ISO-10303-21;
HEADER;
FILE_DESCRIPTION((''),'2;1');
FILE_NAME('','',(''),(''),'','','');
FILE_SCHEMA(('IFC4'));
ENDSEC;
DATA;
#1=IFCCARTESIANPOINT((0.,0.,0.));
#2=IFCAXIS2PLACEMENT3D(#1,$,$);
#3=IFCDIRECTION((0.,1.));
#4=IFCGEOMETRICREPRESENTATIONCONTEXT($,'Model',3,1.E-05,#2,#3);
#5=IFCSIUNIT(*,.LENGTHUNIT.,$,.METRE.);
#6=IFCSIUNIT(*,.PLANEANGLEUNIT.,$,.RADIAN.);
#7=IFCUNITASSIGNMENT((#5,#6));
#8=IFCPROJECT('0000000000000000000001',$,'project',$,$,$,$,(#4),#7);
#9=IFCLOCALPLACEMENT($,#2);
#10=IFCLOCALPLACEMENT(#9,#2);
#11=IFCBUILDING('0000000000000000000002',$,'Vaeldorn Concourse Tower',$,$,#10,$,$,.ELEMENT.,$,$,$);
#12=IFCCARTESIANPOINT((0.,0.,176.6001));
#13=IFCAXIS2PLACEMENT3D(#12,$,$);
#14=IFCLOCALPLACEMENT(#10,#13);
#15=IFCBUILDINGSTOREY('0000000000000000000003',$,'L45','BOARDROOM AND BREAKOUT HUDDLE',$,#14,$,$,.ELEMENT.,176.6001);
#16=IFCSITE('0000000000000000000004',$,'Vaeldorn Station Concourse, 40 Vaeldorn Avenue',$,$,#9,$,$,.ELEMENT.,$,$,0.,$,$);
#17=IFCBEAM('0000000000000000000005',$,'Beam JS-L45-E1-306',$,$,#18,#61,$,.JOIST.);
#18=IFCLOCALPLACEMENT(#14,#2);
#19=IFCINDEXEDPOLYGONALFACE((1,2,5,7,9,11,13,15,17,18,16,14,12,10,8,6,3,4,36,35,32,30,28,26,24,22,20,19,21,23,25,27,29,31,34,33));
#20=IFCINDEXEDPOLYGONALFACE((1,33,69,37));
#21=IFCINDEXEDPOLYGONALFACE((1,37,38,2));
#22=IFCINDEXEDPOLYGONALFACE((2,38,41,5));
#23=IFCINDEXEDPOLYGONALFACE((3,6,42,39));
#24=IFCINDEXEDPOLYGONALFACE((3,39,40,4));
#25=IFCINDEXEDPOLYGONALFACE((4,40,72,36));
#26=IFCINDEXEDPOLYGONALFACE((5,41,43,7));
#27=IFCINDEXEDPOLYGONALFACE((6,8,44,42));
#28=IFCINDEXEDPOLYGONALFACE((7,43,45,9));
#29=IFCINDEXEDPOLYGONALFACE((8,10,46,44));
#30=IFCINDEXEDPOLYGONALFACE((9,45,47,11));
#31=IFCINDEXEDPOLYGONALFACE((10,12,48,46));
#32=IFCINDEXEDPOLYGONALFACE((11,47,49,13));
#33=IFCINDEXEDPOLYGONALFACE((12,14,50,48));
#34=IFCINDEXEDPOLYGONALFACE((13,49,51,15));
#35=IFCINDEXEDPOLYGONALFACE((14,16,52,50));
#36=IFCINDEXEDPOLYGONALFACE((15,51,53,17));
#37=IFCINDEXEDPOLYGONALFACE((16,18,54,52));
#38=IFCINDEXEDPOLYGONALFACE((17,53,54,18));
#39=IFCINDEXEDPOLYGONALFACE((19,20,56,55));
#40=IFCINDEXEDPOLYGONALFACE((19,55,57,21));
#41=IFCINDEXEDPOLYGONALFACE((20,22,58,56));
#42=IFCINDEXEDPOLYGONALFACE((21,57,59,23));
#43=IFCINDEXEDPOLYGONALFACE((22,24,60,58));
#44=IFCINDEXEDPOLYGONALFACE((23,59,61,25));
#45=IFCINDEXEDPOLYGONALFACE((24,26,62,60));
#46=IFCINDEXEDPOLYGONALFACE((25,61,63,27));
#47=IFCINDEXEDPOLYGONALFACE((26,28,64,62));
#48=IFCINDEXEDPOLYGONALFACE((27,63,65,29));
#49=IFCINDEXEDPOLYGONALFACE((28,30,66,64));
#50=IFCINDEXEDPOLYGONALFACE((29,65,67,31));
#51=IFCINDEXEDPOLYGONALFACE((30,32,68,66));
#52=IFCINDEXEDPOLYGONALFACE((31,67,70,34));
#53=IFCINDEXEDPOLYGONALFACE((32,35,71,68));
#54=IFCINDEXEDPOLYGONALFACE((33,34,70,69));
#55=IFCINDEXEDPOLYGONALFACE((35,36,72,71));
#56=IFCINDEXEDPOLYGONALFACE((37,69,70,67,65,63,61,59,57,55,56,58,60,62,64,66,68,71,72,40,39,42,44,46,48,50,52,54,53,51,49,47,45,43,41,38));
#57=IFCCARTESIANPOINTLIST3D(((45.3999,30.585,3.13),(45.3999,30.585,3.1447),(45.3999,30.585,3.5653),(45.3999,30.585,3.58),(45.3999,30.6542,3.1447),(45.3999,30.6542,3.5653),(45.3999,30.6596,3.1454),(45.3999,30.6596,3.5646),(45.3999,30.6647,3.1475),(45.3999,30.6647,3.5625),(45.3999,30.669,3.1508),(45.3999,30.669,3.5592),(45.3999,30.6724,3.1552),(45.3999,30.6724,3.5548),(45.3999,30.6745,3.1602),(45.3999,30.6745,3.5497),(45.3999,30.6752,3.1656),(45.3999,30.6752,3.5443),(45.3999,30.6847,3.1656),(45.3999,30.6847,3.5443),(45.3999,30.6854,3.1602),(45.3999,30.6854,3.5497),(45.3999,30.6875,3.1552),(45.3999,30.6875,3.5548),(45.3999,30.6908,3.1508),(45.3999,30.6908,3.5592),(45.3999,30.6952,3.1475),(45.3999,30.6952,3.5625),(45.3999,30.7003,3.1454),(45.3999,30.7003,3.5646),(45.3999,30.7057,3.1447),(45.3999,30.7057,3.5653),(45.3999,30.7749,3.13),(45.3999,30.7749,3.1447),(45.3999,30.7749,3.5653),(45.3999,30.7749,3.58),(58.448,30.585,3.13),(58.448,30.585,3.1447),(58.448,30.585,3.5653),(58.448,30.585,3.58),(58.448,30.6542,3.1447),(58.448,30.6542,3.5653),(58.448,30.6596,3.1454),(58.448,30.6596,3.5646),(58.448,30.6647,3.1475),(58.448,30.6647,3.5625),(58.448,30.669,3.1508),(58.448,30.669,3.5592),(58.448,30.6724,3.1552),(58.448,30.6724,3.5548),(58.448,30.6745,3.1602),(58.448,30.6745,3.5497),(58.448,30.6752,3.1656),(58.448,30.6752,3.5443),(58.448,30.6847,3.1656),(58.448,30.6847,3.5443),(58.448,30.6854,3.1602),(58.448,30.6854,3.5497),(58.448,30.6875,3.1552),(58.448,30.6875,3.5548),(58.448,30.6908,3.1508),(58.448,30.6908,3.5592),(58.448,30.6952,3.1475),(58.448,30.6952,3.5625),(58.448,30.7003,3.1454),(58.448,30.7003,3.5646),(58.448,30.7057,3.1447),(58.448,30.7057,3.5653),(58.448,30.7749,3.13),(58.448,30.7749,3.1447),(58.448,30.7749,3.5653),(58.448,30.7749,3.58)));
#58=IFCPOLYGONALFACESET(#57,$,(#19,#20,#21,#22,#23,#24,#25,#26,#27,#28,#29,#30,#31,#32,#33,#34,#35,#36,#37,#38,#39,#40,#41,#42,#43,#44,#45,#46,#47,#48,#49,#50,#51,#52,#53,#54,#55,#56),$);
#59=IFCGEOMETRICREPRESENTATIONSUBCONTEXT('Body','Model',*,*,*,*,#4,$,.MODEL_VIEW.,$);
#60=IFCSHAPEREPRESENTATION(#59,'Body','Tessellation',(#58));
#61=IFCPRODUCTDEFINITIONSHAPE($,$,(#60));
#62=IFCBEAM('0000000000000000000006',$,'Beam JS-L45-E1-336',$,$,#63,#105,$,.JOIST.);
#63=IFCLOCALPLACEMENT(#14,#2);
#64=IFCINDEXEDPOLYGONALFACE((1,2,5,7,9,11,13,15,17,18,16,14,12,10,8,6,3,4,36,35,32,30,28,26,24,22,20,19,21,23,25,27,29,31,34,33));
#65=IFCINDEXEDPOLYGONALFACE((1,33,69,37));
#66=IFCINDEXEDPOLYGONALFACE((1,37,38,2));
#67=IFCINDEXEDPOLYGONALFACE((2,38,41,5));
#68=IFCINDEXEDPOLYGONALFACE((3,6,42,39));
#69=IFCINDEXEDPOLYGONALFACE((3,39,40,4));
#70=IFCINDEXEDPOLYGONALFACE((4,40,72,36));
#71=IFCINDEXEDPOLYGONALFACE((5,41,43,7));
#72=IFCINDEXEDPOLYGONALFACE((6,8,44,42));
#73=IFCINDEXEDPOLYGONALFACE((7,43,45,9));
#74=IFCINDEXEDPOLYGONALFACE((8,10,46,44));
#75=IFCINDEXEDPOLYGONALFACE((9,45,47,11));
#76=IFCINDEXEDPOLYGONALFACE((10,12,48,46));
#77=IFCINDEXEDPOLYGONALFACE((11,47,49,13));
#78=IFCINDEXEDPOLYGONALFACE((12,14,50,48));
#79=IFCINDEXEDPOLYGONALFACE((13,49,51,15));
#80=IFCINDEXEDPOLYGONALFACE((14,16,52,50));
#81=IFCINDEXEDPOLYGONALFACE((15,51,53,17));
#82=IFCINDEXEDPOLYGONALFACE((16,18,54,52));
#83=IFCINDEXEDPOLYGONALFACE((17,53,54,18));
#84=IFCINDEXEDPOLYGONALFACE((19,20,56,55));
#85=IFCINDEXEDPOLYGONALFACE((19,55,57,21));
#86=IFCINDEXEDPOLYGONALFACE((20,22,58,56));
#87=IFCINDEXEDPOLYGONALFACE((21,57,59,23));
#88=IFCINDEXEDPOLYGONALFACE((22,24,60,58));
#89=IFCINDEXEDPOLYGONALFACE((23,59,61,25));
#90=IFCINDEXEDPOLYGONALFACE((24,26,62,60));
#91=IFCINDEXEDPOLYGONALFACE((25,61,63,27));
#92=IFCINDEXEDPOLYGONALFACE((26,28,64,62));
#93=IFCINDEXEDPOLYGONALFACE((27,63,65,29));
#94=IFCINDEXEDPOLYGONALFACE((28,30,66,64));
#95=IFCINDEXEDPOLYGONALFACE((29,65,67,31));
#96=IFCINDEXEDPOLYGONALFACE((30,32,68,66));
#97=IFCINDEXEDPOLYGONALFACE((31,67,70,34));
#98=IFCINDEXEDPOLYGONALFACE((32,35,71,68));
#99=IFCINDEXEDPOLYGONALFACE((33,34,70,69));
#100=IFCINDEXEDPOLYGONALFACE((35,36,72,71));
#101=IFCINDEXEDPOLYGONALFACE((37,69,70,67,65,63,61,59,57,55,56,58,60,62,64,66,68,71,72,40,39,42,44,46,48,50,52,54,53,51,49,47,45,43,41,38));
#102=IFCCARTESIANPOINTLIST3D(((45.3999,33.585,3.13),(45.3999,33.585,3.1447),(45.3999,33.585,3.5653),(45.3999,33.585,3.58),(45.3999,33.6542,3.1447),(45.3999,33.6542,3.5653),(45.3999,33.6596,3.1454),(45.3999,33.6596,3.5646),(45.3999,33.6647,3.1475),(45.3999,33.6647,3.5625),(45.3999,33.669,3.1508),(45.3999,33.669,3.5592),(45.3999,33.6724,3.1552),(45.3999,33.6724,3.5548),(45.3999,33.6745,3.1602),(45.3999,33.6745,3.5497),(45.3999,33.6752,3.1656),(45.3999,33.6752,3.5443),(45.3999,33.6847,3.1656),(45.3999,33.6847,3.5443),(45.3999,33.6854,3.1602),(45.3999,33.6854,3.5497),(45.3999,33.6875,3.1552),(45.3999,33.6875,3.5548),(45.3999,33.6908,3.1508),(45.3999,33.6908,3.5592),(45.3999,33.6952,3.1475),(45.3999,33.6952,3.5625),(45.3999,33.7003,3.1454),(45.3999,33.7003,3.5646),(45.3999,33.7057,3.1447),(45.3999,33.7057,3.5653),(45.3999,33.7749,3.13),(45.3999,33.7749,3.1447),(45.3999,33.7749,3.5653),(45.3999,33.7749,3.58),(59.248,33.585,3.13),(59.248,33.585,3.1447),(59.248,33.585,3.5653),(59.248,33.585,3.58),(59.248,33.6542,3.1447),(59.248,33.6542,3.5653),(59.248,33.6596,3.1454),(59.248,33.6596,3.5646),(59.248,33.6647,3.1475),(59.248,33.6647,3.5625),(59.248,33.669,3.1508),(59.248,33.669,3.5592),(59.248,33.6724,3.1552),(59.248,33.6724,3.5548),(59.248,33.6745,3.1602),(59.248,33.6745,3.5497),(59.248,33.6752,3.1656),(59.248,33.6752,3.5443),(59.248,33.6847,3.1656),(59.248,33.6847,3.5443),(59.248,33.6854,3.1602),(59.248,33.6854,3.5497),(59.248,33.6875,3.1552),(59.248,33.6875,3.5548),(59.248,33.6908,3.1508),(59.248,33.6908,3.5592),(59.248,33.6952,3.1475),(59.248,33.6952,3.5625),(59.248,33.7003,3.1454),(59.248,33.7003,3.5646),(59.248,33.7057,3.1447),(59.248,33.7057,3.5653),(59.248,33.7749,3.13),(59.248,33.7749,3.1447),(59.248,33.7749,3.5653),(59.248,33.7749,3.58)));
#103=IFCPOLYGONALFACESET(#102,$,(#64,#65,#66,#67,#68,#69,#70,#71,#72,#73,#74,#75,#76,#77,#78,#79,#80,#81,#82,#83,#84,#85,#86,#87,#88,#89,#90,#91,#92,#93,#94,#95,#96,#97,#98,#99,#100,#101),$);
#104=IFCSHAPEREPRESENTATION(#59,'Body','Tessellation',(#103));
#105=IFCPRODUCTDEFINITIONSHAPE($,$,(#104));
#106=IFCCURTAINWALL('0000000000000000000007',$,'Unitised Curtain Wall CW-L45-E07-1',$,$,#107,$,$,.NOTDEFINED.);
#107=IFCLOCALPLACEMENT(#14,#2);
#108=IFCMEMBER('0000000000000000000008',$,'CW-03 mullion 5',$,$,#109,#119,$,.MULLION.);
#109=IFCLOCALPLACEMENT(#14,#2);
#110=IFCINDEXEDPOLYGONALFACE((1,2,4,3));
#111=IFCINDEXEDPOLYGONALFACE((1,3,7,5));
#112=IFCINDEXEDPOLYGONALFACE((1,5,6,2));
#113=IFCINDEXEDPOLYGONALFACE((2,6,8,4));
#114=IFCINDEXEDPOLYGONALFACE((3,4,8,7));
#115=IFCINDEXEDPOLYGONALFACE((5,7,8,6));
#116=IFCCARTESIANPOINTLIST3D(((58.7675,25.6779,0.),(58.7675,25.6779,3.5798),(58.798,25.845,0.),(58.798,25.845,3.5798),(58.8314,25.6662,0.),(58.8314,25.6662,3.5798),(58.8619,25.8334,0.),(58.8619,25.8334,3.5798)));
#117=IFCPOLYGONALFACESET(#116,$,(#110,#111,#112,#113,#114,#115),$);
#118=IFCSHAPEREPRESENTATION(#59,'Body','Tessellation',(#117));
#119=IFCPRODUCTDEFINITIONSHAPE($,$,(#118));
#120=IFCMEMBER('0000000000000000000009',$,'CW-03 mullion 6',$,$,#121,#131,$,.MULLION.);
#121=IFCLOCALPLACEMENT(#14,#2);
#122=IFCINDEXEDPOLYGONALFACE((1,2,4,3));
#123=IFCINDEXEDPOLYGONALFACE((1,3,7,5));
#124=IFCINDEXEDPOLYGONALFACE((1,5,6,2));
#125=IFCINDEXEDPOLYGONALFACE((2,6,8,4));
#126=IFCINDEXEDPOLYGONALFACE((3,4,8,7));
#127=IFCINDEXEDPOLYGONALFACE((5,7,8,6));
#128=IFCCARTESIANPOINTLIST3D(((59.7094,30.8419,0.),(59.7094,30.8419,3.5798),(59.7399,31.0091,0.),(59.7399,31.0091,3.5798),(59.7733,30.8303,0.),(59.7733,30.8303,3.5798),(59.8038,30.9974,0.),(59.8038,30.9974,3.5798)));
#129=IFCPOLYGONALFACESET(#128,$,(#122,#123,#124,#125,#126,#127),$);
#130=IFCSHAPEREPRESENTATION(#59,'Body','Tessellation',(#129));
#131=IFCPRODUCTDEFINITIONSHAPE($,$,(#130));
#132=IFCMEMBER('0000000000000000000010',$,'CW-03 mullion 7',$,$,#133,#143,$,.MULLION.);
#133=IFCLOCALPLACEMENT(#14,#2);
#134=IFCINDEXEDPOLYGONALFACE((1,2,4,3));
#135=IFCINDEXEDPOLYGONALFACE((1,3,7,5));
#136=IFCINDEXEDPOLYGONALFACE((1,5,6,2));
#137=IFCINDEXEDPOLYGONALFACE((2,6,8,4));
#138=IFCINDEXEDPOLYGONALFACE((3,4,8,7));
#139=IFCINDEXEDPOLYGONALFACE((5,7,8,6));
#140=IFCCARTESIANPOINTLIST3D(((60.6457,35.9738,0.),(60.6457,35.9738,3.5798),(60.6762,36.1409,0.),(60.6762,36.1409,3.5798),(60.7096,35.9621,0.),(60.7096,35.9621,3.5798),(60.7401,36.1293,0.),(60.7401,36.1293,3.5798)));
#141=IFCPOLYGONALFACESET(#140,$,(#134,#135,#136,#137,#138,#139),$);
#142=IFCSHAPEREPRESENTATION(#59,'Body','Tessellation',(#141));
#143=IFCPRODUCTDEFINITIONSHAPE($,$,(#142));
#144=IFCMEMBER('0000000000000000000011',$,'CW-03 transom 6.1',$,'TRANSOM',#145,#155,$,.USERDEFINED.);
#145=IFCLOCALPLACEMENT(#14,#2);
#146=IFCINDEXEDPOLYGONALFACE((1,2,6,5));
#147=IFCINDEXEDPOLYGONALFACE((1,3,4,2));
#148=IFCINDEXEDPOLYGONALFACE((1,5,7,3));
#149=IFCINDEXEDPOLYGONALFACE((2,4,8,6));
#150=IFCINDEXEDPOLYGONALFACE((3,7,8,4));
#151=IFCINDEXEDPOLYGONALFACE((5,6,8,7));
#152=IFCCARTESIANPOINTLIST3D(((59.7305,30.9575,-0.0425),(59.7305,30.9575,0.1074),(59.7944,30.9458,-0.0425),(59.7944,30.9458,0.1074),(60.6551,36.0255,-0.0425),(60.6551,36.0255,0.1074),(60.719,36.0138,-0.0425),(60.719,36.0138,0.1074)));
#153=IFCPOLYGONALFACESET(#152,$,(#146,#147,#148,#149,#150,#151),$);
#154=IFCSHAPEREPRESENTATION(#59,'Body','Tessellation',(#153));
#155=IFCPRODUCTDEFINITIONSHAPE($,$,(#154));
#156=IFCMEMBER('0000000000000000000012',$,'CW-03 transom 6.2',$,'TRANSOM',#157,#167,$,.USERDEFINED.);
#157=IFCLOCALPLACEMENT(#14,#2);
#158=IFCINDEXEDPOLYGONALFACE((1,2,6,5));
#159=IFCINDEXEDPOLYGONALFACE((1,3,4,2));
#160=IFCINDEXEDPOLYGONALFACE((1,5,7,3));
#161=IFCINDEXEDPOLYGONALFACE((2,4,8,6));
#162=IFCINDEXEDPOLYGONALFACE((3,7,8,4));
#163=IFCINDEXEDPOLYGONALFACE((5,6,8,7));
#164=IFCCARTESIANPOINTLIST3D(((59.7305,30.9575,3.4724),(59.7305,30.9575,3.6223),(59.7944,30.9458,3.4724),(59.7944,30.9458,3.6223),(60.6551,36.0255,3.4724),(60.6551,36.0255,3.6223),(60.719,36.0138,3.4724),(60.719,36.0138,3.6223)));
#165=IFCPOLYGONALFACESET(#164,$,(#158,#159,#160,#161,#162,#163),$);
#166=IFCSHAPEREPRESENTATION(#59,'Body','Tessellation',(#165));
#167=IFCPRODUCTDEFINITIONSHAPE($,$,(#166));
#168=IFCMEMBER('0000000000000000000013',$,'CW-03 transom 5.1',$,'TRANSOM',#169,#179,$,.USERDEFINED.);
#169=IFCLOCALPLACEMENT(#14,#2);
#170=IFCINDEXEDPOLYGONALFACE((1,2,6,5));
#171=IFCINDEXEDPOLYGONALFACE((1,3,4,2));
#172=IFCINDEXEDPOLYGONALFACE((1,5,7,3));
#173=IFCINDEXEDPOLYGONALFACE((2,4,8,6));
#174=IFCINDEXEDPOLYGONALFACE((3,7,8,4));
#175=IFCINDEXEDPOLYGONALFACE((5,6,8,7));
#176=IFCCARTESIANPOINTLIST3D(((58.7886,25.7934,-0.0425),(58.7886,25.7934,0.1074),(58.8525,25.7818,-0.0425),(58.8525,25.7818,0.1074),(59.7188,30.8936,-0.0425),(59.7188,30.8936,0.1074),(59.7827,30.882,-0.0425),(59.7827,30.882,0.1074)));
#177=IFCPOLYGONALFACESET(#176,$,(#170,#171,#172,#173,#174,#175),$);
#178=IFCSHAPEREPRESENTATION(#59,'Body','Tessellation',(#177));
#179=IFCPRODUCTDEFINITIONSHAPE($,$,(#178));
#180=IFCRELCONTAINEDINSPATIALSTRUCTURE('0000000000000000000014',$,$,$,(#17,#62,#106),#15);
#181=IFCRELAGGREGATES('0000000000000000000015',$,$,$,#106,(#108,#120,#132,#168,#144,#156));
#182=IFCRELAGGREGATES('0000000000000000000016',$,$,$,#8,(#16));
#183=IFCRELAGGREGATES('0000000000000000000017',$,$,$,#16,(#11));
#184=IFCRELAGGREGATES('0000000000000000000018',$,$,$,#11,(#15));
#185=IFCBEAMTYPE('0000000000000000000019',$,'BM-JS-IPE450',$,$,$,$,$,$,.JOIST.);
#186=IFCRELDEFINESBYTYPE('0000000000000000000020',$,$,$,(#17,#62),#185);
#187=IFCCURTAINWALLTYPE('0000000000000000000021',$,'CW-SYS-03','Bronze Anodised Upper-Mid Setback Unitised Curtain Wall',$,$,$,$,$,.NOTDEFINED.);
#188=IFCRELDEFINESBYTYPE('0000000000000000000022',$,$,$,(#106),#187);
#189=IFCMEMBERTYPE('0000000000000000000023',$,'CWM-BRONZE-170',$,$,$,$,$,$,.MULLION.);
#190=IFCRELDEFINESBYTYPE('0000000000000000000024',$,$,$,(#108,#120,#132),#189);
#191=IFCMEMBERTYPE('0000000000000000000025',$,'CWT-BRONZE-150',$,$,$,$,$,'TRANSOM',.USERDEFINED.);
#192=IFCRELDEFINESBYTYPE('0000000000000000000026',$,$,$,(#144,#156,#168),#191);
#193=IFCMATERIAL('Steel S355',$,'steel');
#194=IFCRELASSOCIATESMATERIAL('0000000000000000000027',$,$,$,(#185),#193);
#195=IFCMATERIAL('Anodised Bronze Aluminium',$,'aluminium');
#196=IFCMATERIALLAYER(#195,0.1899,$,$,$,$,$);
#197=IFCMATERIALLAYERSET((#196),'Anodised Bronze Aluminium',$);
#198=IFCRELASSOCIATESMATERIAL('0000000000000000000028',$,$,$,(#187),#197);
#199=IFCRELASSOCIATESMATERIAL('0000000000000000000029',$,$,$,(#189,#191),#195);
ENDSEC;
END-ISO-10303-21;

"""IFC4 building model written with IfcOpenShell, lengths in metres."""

from ifc_helpers import new_model, si_unit, direction, frame, origin, origin_2d, place, context, subcontext, project, spatial, rectangle, i_section, extrude, source, transform, mapped, material, layer, layer_set, material_profile, profile_set, type_object, element, aggregate, save


model = new_model("IFC4")

# Units and contexts
model_context = context("Model", 3, precision=1e-05, world=origin(), true_north=direction((0.0, 1.0)))
body_context = subcontext(model_context, "Body", "Model", "MODEL_VIEW")
ifc_project = project(units=[si_unit("LENGTHUNIT", "METRE"), si_unit("PLANEANGLEUNIT", "RADIAN")], contexts=[model_context])

# Site, building, storey
site_placement = place(None, origin())
site = spatial("IfcSite", under=ifc_project, at=site_placement, Name="Vaeldorn Station Concourse, 40 Vaeldorn Avenue", CompositionType="ELEMENT", RefElevation=0.0)
building_placement = place(site_placement, origin())
building = spatial("IfcBuilding", under=site, at=building_placement, Name="Vaeldorn Concourse Tower", CompositionType="ELEMENT")
storey_placement = place(building_placement, frame((0.0, 0.0, 176.6001)))
storey = spatial("IfcBuildingStorey", under=building, at=storey_placement, Name="L45", Description="BOARDROOM AND BREAKOUT HUDDLE", CompositionType="ELEMENT", Elevation=176.6001)

# Shared definitions
ifc_material_1 = material(Name="Steel S355", Category="steel")

# Beams
ifc_material_profile_1 = material_profile(ifc_material_1, i_section(OverallWidth=0.1899, OverallDepth=0.45, WebThickness=0.0095, FlangeThickness=0.0146, FilletRadius=0.021, at=origin_2d()), Name="IPE 450")
ifc_profile_set_1 = profile_set([ifc_material_profile_1], Name="Steel S355")
beam_type_1 = type_object("IfcBeamType", Name="BM-JS-IPE450", PredefinedType="JOIST", material=ifc_profile_set_1)
shared_shape_1 = source(origin(), body_context, "Body", "SweptSolid", [
    extrude(i_section(OverallWidth=0.1899, OverallDepth=0.45, WebThickness=0.0095, FlangeThickness=0.0146, FilletRadius=0.021, at=origin_2d()), origin(), (0.0, 0.0, 1.0), 13.0481),
])
beam_1_placement = place(storey_placement, frame((45.3999, 30.6799, 3.355), z_axis=(1.0, 0.0, 0.0), x_axis=(0.0, 1.0, 0.0)))
element("IfcBeam", 1, at=beam_1_placement, inside=storey, type_object=beam_type_1, Name="Beam JS-L45-E1-306", PredefinedType="JOIST", context=body_context, shape_type="MappedRepresentation", body=[
    mapped(shared_shape_1, transform((0.0, 0.0, 0.0), scale=1.0)),
])
shared_shape_2 = source(origin(), body_context, "Body", "SweptSolid", [
    extrude(i_section(OverallWidth=0.1899, OverallDepth=0.45, WebThickness=0.0095, FlangeThickness=0.0146, FilletRadius=0.021, at=origin_2d()), origin(), (0.0, 0.0, 1.0), 13.8481),
])
beam_2_placement = place(storey_placement, frame((45.3999, 33.6799, 3.355), z_axis=(1.0, 0.0, 0.0), x_axis=(0.0, 1.0, 0.0)))
element("IfcBeam", 2, at=beam_2_placement, inside=storey, type_object=beam_type_1, Name="Beam JS-L45-E1-336", PredefinedType="JOIST", context=body_context, shape_type="MappedRepresentation", body=[
    mapped(shared_shape_2, transform((0.0, 0.0, 0.0), scale=1.0)),
])

# Curtain wall, members
ifc_material_2 = material(Name="Anodised Bronze Aluminium", Category="aluminium")
ifc_layer_1 = layer(ifc_material_2, 0.1899)
ifc_layer_set_1 = layer_set([ifc_layer_1], Name="Anodised Bronze Aluminium")
curtain_wall_type = type_object("IfcCurtainWallType", Name="CW-SYS-03", Description="Bronze Anodised Upper-Mid Setback Unitised Curtain Wall", PredefinedType="NOTDEFINED", material=ifc_layer_set_1)
curtain_wall_placement = place(storey_placement, origin())
curtain_wall = element("IfcCurtainWall", 3, at=curtain_wall_placement, inside=storey, type_object=curtain_wall_type, Name="Unitised Curtain Wall CW-L45-E07-1", PredefinedType="NOTDEFINED")
ifc_material_profile_2 = material_profile(ifc_material_2, rectangle(XDim=0.0649, YDim=0.1699, at=origin_2d()), Name="CWM 65x170")
ifc_profile_set_2 = profile_set([ifc_material_profile_2], Name="Anodised Bronze Aluminium")
member_type_1 = type_object("IfcMemberType", Name="CWM-BRONZE-170", PredefinedType="MULLION", material=ifc_profile_set_2)
shared_shape_3 = source(origin(), body_context, "Body", "SweptSolid", [
    extrude(rectangle(XDim=0.0649, YDim=0.1699, at=origin_2d()), origin(), (0.0, 0.0, 1.0), 3.5798),
])
member_1_placement = place(storey_placement, frame((58.8147, 25.7556, 0.0), z_axis=(0.0, 0.0, 1.0), x_axis=(-0.983768, 0.179446, 0.0)))
member_1 = element("IfcMember", 4, at=member_1_placement, type_object=member_type_1, Name="CW-03 mullion 5", PredefinedType="MULLION", context=body_context, shape_type="MappedRepresentation", body=[
    mapped(shared_shape_3, transform((0.0, 0.0, 0.0), scale=1.0)),
])
member_2_placement = place(storey_placement, frame((59.7566, 30.9197, 0.0), z_axis=(0.0, 0.0, 1.0), x_axis=(-0.983768, 0.179446, 0.0)))
member_2 = element("IfcMember", 5, at=member_2_placement, type_object=member_type_1, Name="CW-03 mullion 6", PredefinedType="MULLION", context=body_context, shape_type="MappedRepresentation", body=[
    mapped(shared_shape_3, transform((0.0, 0.0, 0.0), scale=1.0)),
])
member_3_placement = place(storey_placement, frame((60.6929, 36.0515, 0.0), z_axis=(0.0, 0.0, 1.0), x_axis=(-0.983768, 0.179446, 0.0)))
member_3 = element("IfcMember", 6, at=member_3_placement, type_object=member_type_1, Name="CW-03 mullion 7", PredefinedType="MULLION", context=body_context, shape_type="MappedRepresentation", body=[
    mapped(shared_shape_3, transform((0.0, 0.0, 0.0), scale=1.0)),
])
ifc_material_profile_3 = material_profile(ifc_material_2, rectangle(XDim=0.0649, YDim=0.1499, at=origin_2d()), Name="CWT 65x150")
ifc_profile_set_3 = profile_set([ifc_material_profile_3], Name="Anodised Bronze Aluminium")
member_type_2 = type_object("IfcMemberType", Name="CWT-BRONZE-150", ElementType="TRANSOM", PredefinedType="USERDEFINED", material=ifc_profile_set_3)
shared_shape_4 = source(origin(), body_context, "Body", "SweptSolid", [
    extrude(rectangle(XDim=0.0649, YDim=0.1499, at=origin_2d()), origin(), (0.0, 0.0, 1.0), 5.1516),
])
member_4_placement = place(storey_placement, frame((59.7625, 30.9517, 0.0325), z_axis=(0.179473, 0.983763, 0.0), x_axis=(-0.983763, 0.179473, 0.0)))
member_4 = element("IfcMember", 7, at=member_4_placement, type_object=member_type_2, Name="CW-03 transom 6.1", ObjectType="TRANSOM", PredefinedType="USERDEFINED", context=body_context, shape_type="MappedRepresentation", body=[
    mapped(shared_shape_4, transform((0.0, 0.0, 0.0), scale=1.0)),
])
member_5_placement = place(storey_placement, frame((59.7625, 30.9517, 3.5474), z_axis=(0.179473, 0.983763, 0.0), x_axis=(-0.983763, 0.179473, 0.0)))
member_5 = element("IfcMember", 8, at=member_5_placement, type_object=member_type_2, Name="CW-03 transom 6.2", ObjectType="TRANSOM", PredefinedType="USERDEFINED", context=body_context, shape_type="MappedRepresentation", body=[
    mapped(shared_shape_4, transform((0.0, 0.0, 0.0), scale=1.0)),
])
shared_shape_5 = source(origin(), body_context, "Body", "SweptSolid", [
    extrude(rectangle(XDim=0.0649, YDim=0.1499, at=origin_2d()), origin(), (0.0, 0.0, 1.0), 5.1843),
])
member_6_placement = place(storey_placement, frame((58.8206, 25.7876, 0.0325), z_axis=(0.179424, 0.983772, 0.0), x_axis=(-0.983772, 0.179424, 0.0)))
member_6 = element("IfcMember", 9, at=member_6_placement, type_object=member_type_2, Name="CW-03 transom 5.1", ObjectType="TRANSOM", PredefinedType="USERDEFINED", context=body_context, shape_type="MappedRepresentation", body=[
    mapped(shared_shape_5, transform((0.0, 0.0, 0.0), scale=1.0)),
])
aggregate(curtain_wall, [member_1, member_2, member_3, member_6, member_4, member_5])

save(model, "model.ifc")
